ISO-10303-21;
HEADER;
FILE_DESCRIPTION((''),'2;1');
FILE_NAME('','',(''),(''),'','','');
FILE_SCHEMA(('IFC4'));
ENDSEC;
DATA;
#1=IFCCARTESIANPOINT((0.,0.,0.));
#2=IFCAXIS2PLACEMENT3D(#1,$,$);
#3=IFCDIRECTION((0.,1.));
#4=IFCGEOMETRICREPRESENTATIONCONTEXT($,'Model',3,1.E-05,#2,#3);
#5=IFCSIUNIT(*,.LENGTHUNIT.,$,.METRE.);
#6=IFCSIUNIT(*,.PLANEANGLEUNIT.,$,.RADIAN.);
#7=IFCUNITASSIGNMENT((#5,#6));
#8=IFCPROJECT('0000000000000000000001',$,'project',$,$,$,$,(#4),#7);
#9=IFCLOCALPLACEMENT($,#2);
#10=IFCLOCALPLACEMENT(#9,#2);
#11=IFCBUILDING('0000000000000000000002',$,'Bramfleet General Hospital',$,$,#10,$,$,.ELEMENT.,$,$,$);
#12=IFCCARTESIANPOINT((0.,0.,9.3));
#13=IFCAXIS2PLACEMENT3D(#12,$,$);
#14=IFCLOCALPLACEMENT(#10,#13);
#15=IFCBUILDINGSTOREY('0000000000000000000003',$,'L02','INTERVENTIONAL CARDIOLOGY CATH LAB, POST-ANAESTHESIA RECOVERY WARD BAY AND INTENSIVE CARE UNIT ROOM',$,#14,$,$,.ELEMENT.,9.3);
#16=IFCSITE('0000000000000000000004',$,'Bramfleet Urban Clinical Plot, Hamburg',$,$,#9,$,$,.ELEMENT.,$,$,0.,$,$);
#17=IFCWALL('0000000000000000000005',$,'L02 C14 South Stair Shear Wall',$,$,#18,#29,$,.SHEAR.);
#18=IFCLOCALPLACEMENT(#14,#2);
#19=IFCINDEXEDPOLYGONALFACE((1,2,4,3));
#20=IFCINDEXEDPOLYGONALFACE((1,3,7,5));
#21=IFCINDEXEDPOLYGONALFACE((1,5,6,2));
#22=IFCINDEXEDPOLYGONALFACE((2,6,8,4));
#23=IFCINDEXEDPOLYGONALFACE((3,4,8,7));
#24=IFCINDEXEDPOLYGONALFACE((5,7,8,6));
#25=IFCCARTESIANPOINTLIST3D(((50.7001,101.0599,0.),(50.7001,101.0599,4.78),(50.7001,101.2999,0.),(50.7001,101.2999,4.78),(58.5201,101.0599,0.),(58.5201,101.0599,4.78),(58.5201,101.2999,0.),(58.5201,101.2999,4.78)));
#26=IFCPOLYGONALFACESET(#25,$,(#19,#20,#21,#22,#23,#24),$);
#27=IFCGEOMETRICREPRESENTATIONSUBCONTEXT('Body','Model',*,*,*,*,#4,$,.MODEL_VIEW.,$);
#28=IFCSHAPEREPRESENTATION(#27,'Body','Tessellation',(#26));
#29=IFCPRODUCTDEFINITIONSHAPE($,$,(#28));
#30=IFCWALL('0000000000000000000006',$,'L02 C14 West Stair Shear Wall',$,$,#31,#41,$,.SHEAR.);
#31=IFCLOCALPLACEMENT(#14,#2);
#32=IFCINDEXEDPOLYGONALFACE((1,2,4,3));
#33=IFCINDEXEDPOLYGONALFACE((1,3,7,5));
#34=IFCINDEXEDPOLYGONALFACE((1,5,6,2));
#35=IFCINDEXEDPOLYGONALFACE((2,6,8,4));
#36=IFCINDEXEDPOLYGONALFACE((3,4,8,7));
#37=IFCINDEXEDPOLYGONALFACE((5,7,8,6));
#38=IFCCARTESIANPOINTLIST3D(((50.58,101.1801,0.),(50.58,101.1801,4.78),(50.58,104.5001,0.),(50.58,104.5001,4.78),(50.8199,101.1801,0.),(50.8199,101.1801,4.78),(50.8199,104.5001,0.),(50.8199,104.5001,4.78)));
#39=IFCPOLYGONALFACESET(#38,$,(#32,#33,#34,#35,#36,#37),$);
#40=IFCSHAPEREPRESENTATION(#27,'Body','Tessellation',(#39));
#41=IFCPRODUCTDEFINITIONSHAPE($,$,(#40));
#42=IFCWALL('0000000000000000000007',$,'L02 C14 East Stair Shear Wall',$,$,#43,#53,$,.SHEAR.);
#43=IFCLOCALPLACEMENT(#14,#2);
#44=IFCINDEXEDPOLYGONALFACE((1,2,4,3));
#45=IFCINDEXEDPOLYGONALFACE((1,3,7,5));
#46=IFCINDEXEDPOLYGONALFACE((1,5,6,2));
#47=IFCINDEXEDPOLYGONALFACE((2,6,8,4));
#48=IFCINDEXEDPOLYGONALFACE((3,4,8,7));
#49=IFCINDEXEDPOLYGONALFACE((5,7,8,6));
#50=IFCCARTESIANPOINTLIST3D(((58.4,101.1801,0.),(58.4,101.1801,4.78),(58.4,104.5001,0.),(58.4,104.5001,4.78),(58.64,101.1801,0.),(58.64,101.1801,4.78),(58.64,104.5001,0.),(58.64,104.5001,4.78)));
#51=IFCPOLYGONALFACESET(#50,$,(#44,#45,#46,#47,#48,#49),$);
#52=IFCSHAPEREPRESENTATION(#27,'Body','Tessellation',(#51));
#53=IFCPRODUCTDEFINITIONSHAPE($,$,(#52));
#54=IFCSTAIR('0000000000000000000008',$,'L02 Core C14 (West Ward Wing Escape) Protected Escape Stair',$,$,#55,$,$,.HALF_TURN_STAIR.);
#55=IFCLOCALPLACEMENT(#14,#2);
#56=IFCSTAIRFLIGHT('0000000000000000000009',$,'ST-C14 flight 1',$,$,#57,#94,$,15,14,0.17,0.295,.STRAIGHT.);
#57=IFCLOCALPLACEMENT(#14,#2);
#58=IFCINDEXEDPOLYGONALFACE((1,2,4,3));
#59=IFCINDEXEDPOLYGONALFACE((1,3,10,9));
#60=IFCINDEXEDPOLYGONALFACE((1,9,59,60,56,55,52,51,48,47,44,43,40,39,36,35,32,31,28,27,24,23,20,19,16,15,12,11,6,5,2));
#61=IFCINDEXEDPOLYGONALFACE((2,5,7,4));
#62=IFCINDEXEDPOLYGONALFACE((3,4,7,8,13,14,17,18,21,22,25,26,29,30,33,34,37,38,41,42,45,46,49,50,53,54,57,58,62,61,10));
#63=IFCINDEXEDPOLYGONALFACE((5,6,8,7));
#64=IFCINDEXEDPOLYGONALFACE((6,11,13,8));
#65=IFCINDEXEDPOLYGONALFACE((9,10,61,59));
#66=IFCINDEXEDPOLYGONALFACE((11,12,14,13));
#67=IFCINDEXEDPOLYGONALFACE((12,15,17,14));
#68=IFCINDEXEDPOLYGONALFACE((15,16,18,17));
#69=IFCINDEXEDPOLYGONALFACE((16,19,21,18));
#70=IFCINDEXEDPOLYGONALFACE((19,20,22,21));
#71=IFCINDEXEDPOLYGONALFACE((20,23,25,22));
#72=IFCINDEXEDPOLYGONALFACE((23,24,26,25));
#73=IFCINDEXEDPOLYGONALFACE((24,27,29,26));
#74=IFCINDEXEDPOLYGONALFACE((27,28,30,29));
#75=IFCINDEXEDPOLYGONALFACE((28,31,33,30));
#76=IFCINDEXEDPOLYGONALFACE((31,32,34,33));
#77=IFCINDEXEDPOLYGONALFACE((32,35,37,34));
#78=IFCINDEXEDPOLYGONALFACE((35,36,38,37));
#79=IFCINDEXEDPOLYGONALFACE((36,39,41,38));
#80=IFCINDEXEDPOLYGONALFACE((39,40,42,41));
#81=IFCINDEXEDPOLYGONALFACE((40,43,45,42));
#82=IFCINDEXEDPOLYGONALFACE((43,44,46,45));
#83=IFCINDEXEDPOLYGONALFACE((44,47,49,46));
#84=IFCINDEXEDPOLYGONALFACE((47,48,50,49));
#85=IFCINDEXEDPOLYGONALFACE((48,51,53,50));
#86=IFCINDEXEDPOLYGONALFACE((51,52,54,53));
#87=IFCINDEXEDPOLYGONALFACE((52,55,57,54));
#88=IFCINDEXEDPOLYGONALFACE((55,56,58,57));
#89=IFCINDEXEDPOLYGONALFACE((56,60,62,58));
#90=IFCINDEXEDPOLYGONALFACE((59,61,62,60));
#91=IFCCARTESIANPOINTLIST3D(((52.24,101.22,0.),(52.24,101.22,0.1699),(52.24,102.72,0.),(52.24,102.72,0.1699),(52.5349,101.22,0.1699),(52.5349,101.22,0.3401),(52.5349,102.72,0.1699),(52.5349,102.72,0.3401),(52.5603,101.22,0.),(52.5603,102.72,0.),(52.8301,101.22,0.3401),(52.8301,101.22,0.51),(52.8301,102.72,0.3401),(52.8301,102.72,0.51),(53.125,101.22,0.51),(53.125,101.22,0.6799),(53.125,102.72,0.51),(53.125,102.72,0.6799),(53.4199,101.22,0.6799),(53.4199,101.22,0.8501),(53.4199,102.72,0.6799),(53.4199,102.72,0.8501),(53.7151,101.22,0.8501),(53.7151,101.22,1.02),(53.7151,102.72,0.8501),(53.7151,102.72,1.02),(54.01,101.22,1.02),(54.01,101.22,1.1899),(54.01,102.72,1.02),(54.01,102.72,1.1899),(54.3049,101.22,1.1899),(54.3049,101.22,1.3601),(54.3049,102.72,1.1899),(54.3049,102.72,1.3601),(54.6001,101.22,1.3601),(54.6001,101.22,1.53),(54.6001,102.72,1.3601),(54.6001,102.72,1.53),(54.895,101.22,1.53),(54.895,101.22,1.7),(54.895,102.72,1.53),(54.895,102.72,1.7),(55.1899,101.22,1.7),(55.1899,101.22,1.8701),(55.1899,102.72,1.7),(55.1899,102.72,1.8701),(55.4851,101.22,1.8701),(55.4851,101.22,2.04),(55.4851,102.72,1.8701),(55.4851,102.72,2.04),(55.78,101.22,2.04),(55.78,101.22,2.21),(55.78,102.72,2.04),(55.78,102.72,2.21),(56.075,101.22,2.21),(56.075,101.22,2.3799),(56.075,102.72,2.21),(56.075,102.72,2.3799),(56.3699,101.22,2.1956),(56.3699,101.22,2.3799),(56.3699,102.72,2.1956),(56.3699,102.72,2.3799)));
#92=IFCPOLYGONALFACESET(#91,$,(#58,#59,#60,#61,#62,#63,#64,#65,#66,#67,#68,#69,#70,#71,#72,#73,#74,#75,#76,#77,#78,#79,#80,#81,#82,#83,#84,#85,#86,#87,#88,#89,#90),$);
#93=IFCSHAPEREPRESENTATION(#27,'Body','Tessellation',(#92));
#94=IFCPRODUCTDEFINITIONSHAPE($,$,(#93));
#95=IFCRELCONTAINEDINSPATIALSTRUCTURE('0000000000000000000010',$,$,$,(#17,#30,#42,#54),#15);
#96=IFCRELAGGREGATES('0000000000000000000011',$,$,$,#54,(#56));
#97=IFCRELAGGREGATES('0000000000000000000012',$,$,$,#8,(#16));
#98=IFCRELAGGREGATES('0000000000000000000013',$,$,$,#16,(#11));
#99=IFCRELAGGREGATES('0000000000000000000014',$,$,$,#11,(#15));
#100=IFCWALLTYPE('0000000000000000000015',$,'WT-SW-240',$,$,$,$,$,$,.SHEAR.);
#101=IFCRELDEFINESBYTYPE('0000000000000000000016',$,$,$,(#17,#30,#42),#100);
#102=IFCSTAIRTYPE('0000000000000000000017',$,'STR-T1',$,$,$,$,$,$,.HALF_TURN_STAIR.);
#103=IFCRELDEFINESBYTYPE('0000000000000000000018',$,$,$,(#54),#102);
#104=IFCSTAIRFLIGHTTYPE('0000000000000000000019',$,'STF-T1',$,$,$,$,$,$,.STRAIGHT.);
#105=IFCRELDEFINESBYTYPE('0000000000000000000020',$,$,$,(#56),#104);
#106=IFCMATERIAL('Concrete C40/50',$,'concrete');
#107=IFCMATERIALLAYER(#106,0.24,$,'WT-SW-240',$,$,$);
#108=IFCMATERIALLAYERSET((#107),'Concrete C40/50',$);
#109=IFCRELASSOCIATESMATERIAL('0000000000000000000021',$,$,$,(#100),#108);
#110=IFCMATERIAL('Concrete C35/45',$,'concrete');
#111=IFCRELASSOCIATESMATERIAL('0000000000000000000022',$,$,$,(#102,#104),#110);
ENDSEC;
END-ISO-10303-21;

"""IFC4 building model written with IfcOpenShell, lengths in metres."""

from ifc_helpers import new_model, si_unit, direction, frame, frame_2d, origin, place, context, subcontext, project, spatial, polyline, rectangle, outline, extrude, material, layer, layer_set, type_object, element, aggregate, save


model = new_model("IFC4")

# Units and contexts
model_context = context("Model", 3, precision=1e-05, world=origin(), true_north=direction((0.0, 1.0)))
body_context = subcontext(model_context, "Body", "Model", "MODEL_VIEW")
ifc_project = project(units=[si_unit("LENGTHUNIT", "METRE"), si_unit("PLANEANGLEUNIT", "RADIAN")], contexts=[model_context])

# Site, building, storey
site_placement = place(None, origin())
site = spatial("IfcSite", under=ifc_project, at=site_placement, Name="Bramfleet Urban Clinical Plot, Hamburg", CompositionType="ELEMENT", RefElevation=0.0)
building_placement = place(site_placement, origin())
building = spatial("IfcBuilding", under=site, at=building_placement, Name="Bramfleet General Hospital", CompositionType="ELEMENT")
storey_placement = place(building_placement, frame((0.0, 0.0, 9.3)))
storey = spatial("IfcBuildingStorey", under=building, at=storey_placement, Name="L02", Description="INTERVENTIONAL CARDIOLOGY CATH LAB, POST-ANAESTHESIA RECOVERY WARD BAY AND INTENSIVE CARE UNIT ROOM", CompositionType="ELEMENT", Elevation=9.3)

# Shared definitions
ifc_material_1 = material(Name="Concrete C40/50", Category="concrete")

# Shared definitions
ifc_material_2 = material(Name="Concrete C35/45", Category="concrete")

# Walls
ifc_layer_1 = layer(ifc_material_1, 0.24, Name="WT-SW-240")
ifc_layer_set_1 = layer_set([ifc_layer_1], Name="Concrete C40/50")
wall_type_1 = type_object("IfcWallType", Name="WT-SW-240", PredefinedType="SHEAR", material=ifc_layer_set_1)
wall_1_placement = place(storey_placement, frame((50.7, 101.1799, 0.0), z_axis=(0.0, 0.0, 1.0), x_axis=(1.0, 0.0, 0.0)))
element("IfcWall", 1, at=wall_1_placement, inside=storey, type_object=wall_type_1, Name="L02 C14 South Stair Shear Wall", PredefinedType="SHEAR", context=body_context, shape_type="SweptSolid", body=[
    extrude(rectangle(XDim=7.8201, YDim=0.24, at=frame_2d((3.9102, 0.0))), origin(), (0.0, 0.0, 1.0), 4.78),
])
for number, where, z_axis, x_axis, name in (
    (2, (50.7, 101.1799, 0.0), (0.0, 0.0, 1.0), (0.0, 1.0, 0.0), "L02 C14 West Stair Shear Wall"),
    (3, (58.52, 101.1799, 0.0), (0.0, 0.0, 1.0), (0.0, 1.0, 0.0), "L02 C14 East Stair Shear Wall"),
):
    element("IfcWall", number, at=place(storey_placement, frame(where, z_axis=z_axis, x_axis=x_axis)), inside=storey, type_object=wall_type_1, Name=name, PredefinedType="SHEAR", context=body_context, shape_type="SweptSolid", body=[
        extrude(rectangle(XDim=3.3201, YDim=0.24, at=frame_2d((1.6602, 0.0))), origin(), (0.0, 0.0, 1.0), 4.78),
    ])

# Stair, stair flight
stair_type = type_object("IfcStairType", Name="STR-T1", PredefinedType="HALF_TURN_STAIR", material=ifc_material_2)
stair_placement = place(storey_placement, origin())
stair = element("IfcStair", 4, at=stair_placement, inside=storey, type_object=stair_type, Name="L02 Core C14 (West Ward Wing Escape) Protected Escape Stair", PredefinedType="HALF_TURN_STAIR")
stair_flight_type = type_object("IfcStairFlightType", Name="STF-T1", PredefinedType="STRAIGHT", material=ifc_material_2)
stair_flight_placement = place(storey_placement, frame((52.24, 101.97, 0.0), z_axis=(0.0, 0.0, 1.0), x_axis=(1.0, 0.0, 0.0)))
stair_flight = element("IfcStairFlight", 5, at=stair_flight_placement, type_object=stair_flight_type, Name="ST-C14 flight 1", NumberOfRisers=15, NumberOfTreads=14, PredefinedType="STRAIGHT", RiserHeight=0.17, TreadLength=0.295, context=body_context, shape_type="SweptSolid", body=[
    extrude(outline(polyline([(0.0, 0.0), (0.0, 0.1699), (0.2949, 0.1699), (0.2949, 0.3401), (0.5901, 0.3401), (0.5901, 0.51), (0.885, 0.51), (0.885, 0.6799), (1.1799, 0.6799), (1.1799, 0.8501), (1.4751, 0.8501), (1.4751, 1.02), (1.77, 1.02), (1.77, 1.1899), (2.0649, 1.1899), (2.0649, 1.3601), (2.3601, 1.3601), (2.3601, 1.53), (2.655, 1.53), (2.655, 1.7), (2.95, 1.7), (2.95, 1.8701), (3.2451, 1.8701), (3.2451, 2.04), (3.54, 2.04), (3.54, 2.21), (3.835, 2.21), (3.835, 2.3799), (4.1299, 2.3799), (4.1299, 2.55), (4.1299, 2.1956), (0.3203, 0.0), (0.0, 0.0)])), frame((0.0, 0.75, 0.0), z_axis=(0.0, -1.0, 0.0), x_axis=(1.0, 0.0, 0.0)), (0.0, 0.0, 1.0), 1.5),
])
aggregate(stair, [stair_flight])

save(model, "model.ifc")
